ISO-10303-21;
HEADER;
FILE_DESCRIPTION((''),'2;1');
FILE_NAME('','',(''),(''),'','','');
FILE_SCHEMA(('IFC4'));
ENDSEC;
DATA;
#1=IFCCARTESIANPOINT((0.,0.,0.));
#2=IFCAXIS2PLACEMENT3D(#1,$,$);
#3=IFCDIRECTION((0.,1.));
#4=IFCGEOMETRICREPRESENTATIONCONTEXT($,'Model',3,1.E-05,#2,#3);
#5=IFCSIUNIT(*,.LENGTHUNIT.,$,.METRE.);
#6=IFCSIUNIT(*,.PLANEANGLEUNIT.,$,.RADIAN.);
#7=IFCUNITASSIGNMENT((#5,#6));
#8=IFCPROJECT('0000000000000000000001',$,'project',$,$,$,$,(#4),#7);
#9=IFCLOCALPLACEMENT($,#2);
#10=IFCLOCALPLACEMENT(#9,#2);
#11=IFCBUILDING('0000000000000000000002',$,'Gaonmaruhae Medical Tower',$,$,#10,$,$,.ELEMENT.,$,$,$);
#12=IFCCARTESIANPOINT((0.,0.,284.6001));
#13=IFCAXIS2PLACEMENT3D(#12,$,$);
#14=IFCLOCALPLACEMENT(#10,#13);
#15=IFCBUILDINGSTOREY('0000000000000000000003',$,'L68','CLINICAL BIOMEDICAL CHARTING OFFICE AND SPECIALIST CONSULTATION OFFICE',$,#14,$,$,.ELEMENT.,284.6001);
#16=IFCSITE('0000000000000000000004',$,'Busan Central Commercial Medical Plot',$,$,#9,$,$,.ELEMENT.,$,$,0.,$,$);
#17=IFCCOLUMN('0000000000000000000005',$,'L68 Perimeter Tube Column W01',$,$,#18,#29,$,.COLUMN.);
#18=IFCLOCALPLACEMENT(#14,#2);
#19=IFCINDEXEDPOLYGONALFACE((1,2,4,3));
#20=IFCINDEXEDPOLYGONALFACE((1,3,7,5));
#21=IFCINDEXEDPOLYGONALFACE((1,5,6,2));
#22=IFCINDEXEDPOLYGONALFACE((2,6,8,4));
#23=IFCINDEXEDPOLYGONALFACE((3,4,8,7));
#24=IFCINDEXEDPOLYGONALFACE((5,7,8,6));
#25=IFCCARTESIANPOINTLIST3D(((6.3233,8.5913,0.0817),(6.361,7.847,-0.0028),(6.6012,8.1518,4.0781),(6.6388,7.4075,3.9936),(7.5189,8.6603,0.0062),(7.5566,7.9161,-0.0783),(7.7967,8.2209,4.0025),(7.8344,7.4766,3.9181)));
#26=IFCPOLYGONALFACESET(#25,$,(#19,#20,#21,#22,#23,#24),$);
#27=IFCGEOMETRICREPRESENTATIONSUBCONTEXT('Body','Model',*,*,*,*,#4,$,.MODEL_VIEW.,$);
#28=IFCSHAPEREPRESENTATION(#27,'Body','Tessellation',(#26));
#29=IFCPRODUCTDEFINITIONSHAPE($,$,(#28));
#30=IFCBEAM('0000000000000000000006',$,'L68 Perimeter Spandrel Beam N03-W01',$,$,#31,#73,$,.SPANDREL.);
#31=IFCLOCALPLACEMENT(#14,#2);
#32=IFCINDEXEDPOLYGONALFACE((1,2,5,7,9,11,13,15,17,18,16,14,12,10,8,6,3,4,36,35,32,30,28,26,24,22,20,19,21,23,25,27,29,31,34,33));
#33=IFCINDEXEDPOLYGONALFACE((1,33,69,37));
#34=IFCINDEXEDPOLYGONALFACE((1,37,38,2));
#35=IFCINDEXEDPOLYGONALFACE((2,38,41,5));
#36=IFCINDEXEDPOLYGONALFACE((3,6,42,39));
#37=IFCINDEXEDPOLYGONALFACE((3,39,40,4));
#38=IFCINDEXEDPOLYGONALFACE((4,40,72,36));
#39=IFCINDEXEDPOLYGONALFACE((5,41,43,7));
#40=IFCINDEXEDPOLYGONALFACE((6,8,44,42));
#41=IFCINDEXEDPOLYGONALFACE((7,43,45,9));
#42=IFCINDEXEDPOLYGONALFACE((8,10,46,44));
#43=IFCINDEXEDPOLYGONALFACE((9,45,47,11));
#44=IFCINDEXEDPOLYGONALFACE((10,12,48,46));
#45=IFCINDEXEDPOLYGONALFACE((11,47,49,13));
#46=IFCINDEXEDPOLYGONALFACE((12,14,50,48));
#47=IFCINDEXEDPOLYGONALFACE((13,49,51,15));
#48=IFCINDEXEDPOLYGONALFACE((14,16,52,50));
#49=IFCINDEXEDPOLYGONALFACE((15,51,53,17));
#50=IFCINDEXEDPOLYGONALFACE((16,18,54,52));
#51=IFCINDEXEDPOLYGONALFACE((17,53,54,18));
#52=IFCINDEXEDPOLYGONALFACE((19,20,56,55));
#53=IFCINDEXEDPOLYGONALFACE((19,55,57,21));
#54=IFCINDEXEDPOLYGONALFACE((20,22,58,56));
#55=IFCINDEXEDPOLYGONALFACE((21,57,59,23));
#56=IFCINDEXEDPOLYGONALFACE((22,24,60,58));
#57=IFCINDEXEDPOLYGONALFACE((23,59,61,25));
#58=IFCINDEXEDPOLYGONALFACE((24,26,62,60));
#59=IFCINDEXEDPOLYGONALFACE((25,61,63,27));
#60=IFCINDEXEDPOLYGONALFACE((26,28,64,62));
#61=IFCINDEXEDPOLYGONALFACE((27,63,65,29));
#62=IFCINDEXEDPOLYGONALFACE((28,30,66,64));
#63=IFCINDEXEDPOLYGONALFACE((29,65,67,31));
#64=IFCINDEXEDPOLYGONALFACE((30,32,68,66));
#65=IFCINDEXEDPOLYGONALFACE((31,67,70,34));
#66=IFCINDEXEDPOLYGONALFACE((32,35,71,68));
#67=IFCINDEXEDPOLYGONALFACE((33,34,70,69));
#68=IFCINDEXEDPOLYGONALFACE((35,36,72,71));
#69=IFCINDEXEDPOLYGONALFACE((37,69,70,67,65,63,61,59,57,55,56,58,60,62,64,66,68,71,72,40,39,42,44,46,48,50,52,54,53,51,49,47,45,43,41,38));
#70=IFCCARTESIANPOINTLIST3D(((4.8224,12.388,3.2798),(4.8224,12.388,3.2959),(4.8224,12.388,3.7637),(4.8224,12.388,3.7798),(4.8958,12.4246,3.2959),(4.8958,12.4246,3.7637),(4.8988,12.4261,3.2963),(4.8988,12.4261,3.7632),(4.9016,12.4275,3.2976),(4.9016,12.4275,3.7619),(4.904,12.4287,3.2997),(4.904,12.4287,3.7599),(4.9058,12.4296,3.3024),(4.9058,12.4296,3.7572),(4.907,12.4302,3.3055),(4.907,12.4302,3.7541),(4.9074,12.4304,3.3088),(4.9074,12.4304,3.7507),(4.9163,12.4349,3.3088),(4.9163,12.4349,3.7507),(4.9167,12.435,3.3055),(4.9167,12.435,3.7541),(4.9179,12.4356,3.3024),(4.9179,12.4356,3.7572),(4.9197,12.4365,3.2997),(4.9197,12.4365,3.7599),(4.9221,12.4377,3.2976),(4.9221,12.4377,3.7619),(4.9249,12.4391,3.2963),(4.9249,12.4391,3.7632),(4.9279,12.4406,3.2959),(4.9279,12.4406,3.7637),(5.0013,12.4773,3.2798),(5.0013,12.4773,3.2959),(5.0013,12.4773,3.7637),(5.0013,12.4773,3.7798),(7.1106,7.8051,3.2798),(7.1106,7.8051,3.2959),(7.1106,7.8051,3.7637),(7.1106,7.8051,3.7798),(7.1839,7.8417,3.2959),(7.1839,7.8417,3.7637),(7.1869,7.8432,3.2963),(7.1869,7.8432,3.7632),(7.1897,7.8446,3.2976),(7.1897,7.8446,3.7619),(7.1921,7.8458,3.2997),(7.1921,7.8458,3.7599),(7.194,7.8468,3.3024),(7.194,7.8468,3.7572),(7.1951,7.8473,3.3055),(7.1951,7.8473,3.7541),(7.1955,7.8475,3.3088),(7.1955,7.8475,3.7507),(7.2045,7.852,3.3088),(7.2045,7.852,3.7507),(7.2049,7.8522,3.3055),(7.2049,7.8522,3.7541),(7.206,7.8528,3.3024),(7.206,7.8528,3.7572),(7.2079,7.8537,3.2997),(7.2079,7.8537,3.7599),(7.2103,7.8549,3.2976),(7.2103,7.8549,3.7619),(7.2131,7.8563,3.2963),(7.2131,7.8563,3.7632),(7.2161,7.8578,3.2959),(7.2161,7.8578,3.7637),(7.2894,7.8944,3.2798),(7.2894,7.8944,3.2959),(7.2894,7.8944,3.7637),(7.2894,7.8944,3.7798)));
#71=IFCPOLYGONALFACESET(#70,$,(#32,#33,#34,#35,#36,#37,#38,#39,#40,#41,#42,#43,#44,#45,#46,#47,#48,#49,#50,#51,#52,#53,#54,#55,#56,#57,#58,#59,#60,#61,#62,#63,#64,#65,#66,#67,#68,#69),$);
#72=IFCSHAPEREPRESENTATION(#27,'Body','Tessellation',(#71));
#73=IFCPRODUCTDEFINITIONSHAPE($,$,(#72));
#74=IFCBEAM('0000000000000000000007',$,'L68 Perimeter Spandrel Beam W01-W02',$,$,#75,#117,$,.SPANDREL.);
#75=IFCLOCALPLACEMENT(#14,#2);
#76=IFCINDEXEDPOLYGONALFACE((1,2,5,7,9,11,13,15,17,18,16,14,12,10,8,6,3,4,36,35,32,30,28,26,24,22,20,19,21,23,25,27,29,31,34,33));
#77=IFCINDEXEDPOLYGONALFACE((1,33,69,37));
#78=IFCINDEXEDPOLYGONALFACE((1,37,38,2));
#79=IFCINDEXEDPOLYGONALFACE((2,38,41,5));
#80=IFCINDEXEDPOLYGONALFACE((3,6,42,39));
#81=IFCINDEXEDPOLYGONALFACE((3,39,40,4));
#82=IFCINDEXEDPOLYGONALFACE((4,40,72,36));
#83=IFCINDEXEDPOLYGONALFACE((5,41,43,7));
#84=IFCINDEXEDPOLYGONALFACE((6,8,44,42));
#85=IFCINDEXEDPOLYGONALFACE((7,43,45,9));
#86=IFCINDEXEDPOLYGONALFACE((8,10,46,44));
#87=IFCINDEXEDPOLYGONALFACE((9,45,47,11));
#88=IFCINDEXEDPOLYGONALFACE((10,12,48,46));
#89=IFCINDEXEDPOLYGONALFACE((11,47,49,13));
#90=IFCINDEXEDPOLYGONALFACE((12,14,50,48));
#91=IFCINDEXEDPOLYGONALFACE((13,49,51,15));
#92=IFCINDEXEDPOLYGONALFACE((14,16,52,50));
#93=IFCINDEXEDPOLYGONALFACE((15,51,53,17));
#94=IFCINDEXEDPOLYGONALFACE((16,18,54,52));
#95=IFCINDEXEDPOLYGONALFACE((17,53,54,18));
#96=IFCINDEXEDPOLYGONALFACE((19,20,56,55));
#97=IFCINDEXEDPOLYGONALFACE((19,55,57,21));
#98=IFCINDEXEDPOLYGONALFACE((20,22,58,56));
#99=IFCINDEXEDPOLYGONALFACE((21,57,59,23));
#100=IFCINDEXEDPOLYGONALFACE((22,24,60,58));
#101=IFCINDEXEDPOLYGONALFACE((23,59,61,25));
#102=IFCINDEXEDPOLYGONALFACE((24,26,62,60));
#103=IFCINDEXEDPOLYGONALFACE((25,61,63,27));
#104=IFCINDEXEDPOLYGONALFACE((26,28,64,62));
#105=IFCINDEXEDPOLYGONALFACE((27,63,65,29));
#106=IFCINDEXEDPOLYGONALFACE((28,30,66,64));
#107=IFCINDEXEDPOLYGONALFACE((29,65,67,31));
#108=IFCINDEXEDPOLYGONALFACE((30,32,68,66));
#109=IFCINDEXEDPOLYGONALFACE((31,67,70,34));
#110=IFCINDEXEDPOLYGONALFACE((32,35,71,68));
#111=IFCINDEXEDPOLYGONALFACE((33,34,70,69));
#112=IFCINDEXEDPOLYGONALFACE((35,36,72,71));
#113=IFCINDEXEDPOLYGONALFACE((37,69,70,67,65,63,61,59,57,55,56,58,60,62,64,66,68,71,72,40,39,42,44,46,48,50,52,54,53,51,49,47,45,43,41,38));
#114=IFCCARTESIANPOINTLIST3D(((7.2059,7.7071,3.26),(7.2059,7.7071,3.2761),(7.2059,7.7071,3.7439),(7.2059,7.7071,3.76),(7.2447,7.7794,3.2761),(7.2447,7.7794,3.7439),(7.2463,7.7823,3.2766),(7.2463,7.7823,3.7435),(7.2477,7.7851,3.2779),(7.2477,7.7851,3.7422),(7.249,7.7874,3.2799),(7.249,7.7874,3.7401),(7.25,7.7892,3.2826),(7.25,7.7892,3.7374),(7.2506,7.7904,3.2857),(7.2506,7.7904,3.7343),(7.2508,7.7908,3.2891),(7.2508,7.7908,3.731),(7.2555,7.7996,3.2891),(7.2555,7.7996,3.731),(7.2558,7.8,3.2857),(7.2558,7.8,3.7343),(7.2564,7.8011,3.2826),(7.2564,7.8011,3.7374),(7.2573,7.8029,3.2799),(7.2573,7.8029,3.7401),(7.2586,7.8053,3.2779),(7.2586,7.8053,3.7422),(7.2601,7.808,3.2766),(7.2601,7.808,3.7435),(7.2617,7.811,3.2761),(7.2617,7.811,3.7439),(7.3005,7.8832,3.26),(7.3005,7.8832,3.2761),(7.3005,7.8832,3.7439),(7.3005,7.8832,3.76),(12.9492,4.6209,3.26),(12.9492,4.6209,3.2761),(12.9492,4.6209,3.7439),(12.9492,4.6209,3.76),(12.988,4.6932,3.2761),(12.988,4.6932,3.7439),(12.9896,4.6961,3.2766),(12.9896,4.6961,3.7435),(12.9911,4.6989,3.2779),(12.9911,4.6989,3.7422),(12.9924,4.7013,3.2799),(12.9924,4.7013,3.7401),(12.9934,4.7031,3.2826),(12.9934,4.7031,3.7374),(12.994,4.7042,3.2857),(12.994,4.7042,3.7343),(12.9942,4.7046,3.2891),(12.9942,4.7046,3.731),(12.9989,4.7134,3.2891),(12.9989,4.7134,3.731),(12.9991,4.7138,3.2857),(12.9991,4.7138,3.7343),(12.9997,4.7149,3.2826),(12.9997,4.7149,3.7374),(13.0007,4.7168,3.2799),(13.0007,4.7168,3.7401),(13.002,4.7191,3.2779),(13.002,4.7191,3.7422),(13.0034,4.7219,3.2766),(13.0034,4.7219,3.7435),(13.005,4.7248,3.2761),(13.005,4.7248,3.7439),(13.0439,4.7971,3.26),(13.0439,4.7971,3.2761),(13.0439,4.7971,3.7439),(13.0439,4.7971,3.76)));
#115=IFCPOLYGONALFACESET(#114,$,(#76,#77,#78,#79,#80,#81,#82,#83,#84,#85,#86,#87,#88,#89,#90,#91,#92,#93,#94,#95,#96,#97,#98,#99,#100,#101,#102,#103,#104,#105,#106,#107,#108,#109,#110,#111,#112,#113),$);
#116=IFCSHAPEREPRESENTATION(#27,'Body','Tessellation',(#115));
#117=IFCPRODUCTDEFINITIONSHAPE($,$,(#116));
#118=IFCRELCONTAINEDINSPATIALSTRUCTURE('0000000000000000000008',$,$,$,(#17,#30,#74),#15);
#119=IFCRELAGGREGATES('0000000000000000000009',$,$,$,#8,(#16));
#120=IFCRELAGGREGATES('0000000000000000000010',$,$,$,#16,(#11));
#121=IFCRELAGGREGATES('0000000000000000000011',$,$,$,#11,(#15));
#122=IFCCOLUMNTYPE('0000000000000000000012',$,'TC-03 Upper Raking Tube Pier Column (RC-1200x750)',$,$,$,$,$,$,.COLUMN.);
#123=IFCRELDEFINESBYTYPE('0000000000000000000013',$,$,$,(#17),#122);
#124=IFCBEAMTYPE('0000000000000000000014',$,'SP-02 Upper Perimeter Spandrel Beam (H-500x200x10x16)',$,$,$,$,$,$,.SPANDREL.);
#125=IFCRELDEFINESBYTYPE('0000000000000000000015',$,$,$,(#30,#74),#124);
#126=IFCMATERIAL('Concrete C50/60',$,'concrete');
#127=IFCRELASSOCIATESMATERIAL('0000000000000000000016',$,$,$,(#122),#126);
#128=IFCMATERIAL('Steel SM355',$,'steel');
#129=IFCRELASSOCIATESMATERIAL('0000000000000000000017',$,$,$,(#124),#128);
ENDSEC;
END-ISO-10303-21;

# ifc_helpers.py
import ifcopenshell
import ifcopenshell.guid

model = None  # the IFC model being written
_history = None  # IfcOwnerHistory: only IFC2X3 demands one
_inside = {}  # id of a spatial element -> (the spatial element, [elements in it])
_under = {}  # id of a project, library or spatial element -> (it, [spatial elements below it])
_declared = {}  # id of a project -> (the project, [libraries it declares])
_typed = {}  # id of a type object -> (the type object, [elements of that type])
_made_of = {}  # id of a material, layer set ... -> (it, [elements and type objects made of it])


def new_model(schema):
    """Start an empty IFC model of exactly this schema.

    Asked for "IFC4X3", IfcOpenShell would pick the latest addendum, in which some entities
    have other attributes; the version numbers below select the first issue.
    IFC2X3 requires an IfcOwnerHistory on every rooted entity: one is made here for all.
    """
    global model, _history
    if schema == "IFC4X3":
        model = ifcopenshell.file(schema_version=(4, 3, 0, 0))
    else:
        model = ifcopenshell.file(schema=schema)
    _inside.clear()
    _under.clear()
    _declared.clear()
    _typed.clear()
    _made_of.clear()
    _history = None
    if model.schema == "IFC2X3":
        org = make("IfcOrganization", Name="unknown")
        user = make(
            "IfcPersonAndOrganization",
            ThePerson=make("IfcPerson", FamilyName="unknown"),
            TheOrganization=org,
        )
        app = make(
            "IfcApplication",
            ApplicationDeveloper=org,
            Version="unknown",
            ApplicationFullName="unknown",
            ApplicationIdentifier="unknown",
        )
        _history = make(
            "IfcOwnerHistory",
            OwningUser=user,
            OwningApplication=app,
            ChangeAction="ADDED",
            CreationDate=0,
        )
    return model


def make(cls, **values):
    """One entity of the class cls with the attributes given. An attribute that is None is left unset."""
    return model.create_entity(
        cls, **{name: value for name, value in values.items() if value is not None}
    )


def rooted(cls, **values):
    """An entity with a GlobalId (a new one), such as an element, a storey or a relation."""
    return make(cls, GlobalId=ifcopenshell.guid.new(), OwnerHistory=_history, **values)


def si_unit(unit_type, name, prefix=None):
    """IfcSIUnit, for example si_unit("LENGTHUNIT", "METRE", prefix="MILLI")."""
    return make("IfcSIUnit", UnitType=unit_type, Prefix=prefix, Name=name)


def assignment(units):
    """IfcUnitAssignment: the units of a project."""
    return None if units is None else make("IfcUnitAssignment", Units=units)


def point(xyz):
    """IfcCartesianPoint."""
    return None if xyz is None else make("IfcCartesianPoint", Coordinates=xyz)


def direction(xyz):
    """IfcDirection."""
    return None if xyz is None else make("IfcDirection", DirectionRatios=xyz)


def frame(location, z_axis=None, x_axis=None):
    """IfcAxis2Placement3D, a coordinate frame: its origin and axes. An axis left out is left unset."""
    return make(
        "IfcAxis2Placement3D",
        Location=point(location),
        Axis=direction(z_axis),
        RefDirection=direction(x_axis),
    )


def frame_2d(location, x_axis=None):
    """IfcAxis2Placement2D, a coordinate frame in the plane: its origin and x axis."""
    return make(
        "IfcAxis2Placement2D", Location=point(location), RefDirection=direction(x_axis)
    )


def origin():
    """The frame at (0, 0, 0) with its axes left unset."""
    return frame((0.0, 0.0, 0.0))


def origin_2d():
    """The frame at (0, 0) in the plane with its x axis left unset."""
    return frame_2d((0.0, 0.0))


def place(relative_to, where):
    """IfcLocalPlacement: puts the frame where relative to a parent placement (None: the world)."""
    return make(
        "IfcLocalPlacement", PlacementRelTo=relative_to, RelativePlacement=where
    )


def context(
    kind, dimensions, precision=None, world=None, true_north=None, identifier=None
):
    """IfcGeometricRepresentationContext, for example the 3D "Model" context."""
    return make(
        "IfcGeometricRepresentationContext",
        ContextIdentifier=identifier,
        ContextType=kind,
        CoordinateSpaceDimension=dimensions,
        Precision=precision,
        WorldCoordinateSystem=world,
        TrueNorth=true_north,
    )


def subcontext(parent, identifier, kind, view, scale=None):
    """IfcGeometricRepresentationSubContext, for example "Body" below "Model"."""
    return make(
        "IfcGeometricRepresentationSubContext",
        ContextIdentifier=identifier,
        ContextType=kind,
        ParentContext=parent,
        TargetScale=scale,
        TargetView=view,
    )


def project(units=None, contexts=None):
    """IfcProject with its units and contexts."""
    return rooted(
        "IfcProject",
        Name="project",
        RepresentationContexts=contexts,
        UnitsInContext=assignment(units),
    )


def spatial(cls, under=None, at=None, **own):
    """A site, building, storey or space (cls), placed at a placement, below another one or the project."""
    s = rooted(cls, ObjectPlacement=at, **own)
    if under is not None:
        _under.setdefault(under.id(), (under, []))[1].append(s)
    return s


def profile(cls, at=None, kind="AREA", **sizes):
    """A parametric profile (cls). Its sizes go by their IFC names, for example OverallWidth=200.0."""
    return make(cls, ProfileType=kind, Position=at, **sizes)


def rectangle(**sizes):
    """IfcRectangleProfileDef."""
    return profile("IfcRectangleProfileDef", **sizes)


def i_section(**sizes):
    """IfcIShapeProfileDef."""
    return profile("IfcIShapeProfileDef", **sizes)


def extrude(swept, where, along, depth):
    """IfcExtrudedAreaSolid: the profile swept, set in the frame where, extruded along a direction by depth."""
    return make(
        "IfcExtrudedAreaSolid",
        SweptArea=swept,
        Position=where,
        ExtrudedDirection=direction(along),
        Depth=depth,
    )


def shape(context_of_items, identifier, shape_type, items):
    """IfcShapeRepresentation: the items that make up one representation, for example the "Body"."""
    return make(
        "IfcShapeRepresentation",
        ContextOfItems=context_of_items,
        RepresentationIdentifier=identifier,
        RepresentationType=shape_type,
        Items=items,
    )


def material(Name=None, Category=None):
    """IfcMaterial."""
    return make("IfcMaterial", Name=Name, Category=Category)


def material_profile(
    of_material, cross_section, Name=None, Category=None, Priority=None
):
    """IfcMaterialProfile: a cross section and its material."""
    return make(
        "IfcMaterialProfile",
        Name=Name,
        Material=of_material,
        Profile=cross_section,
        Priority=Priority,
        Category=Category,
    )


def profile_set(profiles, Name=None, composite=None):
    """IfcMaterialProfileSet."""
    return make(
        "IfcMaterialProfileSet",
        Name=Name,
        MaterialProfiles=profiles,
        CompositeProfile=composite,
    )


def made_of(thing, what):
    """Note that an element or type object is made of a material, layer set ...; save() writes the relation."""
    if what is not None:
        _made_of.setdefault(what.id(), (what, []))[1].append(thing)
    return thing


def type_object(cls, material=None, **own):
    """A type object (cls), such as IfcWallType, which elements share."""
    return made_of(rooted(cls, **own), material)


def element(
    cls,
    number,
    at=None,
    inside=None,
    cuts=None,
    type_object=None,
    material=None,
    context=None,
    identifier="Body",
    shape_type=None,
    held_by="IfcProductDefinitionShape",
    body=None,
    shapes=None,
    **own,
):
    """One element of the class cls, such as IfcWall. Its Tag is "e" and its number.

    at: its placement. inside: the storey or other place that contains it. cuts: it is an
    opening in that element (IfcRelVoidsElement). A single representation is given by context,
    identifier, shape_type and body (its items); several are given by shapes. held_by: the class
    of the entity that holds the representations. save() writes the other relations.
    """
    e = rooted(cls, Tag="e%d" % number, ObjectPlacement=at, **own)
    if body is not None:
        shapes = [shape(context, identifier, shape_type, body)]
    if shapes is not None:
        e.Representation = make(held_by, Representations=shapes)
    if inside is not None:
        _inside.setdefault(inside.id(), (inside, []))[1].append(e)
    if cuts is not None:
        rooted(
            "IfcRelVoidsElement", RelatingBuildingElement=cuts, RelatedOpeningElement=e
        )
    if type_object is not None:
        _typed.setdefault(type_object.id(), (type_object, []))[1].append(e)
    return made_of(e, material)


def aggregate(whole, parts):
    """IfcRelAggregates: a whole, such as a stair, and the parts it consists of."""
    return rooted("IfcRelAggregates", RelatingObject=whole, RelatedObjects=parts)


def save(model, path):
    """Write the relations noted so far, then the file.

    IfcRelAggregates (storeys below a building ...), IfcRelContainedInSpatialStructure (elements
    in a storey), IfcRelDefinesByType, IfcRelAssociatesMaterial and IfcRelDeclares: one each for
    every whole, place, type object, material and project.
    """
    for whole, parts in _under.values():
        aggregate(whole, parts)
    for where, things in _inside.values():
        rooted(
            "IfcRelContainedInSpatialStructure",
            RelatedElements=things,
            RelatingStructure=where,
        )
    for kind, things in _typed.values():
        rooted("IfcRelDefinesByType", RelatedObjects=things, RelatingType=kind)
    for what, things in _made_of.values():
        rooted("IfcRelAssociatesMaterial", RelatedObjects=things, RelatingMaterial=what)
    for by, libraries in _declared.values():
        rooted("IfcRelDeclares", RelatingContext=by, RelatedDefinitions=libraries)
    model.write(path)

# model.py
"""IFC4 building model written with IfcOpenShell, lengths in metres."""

from ifc_helpers import new_model, si_unit, direction, frame, origin, origin_2d, place, context, subcontext, project, spatial, rectangle, i_section, extrude, material, material_profile, profile_set, type_object, element, save


model = new_model("IFC4")

# Units and contexts
model_context = context("Model", 3, precision=1e-05, world=origin(), true_north=direction((0.0, 1.0)))
body_context = subcontext(model_context, "Body", "Model", "MODEL_VIEW")
ifc_project = project(units=[si_unit("LENGTHUNIT", "METRE"), si_unit("PLANEANGLEUNIT", "RADIAN")], contexts=[model_context])

# Site, building, storey
site_placement = place(None, origin())
site = spatial("IfcSite", under=ifc_project, at=site_placement, Name="Busan Central Commercial Medical Plot", CompositionType="ELEMENT", RefElevation=0.0)
building_placement = place(site_placement, origin())
building = spatial("IfcBuilding", under=site, at=building_placement, Name="Gaonmaruhae Medical Tower", CompositionType="ELEMENT")
storey_placement = place(building_placement, frame((0.0, 0.0, 284.6001)))
storey = spatial("IfcBuildingStorey", under=building, at=storey_placement, Name="L68", Description="CLINICAL BIOMEDICAL CHARTING OFFICE AND SPECIALIST CONSULTATION OFFICE", CompositionType="ELEMENT", Elevation=284.6001)

# Column
ifc_material_1 = material(Name="Concrete C50/60", Category="concrete")
ifc_material_profile_1 = material_profile(ifc_material_1, rectangle(XDim=1.2, YDim=0.75, at=origin_2d()), Name="RC-1200x750")
ifc_profile_set_1 = profile_set([ifc_material_profile_1], Name="Concrete C50/60")
column_type = type_object("IfcColumnType", Name="TC-03 Upper Raking Tube Pier Column (RC-1200x750)", PredefinedType="COLUMN", material=ifc_profile_set_1)
column_placement = place(storey_placement, frame((6.9399, 8.2537, 0.0017), z_axis=(0.068941, -0.109045, 0.991643), x_axis=(-0.996356, -0.057559, 0.062939)))
element("IfcColumn", 1, at=column_placement, inside=storey, type_object=column_type, Name="L68 Perimeter Tube Column W01", PredefinedType="COLUMN", context=body_context, shape_type="SweptSolid", body=[
    extrude(rectangle(XDim=1.2, YDim=0.75, at=origin_2d()), origin(), (0.0, 0.0, 1.0), 4.03),
])

# Beams
ifc_material_2 = material(Name="Steel SM355", Category="steel")
ifc_material_profile_2 = material_profile(ifc_material_2, i_section(OverallWidth=0.2, OverallDepth=0.5, WebThickness=0.01, FlangeThickness=0.0161, FilletRadius=0.0129, at=origin_2d()), Name="H-500x200x10x16")
ifc_profile_set_2 = profile_set([ifc_material_profile_2], Name="Steel SM355")
beam_type = type_object("IfcBeamType", Name="SP-02 Upper Perimeter Spandrel Beam (H-500x200x10x16)", PredefinedType="SPANDREL", material=ifc_profile_set_2)
beam_1_placement = place(storey_placement, frame((4.9119, 12.4326, 3.5298), z_axis=(0.446699, -0.894684, 0.0), x_axis=(0.894684, 0.446699, 0.0)))
element("IfcBeam", 2, at=beam_1_placement, inside=storey, type_object=beam_type, Name="L68 Perimeter Spandrel Beam N03-W01", PredefinedType="SPANDREL", context=body_context, shape_type="SweptSolid", body=[
    extrude(i_section(OverallWidth=0.2, OverallDepth=0.5, WebThickness=0.01, FlangeThickness=0.0161, FilletRadius=0.0129, at=origin_2d()), origin(), (0.0, 0.0, 1.0), 5.1223),
])
beam_2_placement = place(storey_placement, frame((7.2532, 7.7952, 3.51), z_axis=(0.880882, -0.473336, 0.0), x_axis=(0.473336, 0.880882, 0.0)))
element("IfcBeam", 3, at=beam_2_placement, inside=storey, type_object=beam_type, Name="L68 Perimeter Spandrel Beam W01-W02", PredefinedType="SPANDREL", context=body_context, shape_type="SweptSolid", body=[
    extrude(i_section(OverallWidth=0.2, OverallDepth=0.5, WebThickness=0.01, FlangeThickness=0.0161, FilletRadius=0.0129, at=origin_2d()), origin(), (0.0, 0.0, 1.0), 6.52),
])

save(model, "model.ifc")
